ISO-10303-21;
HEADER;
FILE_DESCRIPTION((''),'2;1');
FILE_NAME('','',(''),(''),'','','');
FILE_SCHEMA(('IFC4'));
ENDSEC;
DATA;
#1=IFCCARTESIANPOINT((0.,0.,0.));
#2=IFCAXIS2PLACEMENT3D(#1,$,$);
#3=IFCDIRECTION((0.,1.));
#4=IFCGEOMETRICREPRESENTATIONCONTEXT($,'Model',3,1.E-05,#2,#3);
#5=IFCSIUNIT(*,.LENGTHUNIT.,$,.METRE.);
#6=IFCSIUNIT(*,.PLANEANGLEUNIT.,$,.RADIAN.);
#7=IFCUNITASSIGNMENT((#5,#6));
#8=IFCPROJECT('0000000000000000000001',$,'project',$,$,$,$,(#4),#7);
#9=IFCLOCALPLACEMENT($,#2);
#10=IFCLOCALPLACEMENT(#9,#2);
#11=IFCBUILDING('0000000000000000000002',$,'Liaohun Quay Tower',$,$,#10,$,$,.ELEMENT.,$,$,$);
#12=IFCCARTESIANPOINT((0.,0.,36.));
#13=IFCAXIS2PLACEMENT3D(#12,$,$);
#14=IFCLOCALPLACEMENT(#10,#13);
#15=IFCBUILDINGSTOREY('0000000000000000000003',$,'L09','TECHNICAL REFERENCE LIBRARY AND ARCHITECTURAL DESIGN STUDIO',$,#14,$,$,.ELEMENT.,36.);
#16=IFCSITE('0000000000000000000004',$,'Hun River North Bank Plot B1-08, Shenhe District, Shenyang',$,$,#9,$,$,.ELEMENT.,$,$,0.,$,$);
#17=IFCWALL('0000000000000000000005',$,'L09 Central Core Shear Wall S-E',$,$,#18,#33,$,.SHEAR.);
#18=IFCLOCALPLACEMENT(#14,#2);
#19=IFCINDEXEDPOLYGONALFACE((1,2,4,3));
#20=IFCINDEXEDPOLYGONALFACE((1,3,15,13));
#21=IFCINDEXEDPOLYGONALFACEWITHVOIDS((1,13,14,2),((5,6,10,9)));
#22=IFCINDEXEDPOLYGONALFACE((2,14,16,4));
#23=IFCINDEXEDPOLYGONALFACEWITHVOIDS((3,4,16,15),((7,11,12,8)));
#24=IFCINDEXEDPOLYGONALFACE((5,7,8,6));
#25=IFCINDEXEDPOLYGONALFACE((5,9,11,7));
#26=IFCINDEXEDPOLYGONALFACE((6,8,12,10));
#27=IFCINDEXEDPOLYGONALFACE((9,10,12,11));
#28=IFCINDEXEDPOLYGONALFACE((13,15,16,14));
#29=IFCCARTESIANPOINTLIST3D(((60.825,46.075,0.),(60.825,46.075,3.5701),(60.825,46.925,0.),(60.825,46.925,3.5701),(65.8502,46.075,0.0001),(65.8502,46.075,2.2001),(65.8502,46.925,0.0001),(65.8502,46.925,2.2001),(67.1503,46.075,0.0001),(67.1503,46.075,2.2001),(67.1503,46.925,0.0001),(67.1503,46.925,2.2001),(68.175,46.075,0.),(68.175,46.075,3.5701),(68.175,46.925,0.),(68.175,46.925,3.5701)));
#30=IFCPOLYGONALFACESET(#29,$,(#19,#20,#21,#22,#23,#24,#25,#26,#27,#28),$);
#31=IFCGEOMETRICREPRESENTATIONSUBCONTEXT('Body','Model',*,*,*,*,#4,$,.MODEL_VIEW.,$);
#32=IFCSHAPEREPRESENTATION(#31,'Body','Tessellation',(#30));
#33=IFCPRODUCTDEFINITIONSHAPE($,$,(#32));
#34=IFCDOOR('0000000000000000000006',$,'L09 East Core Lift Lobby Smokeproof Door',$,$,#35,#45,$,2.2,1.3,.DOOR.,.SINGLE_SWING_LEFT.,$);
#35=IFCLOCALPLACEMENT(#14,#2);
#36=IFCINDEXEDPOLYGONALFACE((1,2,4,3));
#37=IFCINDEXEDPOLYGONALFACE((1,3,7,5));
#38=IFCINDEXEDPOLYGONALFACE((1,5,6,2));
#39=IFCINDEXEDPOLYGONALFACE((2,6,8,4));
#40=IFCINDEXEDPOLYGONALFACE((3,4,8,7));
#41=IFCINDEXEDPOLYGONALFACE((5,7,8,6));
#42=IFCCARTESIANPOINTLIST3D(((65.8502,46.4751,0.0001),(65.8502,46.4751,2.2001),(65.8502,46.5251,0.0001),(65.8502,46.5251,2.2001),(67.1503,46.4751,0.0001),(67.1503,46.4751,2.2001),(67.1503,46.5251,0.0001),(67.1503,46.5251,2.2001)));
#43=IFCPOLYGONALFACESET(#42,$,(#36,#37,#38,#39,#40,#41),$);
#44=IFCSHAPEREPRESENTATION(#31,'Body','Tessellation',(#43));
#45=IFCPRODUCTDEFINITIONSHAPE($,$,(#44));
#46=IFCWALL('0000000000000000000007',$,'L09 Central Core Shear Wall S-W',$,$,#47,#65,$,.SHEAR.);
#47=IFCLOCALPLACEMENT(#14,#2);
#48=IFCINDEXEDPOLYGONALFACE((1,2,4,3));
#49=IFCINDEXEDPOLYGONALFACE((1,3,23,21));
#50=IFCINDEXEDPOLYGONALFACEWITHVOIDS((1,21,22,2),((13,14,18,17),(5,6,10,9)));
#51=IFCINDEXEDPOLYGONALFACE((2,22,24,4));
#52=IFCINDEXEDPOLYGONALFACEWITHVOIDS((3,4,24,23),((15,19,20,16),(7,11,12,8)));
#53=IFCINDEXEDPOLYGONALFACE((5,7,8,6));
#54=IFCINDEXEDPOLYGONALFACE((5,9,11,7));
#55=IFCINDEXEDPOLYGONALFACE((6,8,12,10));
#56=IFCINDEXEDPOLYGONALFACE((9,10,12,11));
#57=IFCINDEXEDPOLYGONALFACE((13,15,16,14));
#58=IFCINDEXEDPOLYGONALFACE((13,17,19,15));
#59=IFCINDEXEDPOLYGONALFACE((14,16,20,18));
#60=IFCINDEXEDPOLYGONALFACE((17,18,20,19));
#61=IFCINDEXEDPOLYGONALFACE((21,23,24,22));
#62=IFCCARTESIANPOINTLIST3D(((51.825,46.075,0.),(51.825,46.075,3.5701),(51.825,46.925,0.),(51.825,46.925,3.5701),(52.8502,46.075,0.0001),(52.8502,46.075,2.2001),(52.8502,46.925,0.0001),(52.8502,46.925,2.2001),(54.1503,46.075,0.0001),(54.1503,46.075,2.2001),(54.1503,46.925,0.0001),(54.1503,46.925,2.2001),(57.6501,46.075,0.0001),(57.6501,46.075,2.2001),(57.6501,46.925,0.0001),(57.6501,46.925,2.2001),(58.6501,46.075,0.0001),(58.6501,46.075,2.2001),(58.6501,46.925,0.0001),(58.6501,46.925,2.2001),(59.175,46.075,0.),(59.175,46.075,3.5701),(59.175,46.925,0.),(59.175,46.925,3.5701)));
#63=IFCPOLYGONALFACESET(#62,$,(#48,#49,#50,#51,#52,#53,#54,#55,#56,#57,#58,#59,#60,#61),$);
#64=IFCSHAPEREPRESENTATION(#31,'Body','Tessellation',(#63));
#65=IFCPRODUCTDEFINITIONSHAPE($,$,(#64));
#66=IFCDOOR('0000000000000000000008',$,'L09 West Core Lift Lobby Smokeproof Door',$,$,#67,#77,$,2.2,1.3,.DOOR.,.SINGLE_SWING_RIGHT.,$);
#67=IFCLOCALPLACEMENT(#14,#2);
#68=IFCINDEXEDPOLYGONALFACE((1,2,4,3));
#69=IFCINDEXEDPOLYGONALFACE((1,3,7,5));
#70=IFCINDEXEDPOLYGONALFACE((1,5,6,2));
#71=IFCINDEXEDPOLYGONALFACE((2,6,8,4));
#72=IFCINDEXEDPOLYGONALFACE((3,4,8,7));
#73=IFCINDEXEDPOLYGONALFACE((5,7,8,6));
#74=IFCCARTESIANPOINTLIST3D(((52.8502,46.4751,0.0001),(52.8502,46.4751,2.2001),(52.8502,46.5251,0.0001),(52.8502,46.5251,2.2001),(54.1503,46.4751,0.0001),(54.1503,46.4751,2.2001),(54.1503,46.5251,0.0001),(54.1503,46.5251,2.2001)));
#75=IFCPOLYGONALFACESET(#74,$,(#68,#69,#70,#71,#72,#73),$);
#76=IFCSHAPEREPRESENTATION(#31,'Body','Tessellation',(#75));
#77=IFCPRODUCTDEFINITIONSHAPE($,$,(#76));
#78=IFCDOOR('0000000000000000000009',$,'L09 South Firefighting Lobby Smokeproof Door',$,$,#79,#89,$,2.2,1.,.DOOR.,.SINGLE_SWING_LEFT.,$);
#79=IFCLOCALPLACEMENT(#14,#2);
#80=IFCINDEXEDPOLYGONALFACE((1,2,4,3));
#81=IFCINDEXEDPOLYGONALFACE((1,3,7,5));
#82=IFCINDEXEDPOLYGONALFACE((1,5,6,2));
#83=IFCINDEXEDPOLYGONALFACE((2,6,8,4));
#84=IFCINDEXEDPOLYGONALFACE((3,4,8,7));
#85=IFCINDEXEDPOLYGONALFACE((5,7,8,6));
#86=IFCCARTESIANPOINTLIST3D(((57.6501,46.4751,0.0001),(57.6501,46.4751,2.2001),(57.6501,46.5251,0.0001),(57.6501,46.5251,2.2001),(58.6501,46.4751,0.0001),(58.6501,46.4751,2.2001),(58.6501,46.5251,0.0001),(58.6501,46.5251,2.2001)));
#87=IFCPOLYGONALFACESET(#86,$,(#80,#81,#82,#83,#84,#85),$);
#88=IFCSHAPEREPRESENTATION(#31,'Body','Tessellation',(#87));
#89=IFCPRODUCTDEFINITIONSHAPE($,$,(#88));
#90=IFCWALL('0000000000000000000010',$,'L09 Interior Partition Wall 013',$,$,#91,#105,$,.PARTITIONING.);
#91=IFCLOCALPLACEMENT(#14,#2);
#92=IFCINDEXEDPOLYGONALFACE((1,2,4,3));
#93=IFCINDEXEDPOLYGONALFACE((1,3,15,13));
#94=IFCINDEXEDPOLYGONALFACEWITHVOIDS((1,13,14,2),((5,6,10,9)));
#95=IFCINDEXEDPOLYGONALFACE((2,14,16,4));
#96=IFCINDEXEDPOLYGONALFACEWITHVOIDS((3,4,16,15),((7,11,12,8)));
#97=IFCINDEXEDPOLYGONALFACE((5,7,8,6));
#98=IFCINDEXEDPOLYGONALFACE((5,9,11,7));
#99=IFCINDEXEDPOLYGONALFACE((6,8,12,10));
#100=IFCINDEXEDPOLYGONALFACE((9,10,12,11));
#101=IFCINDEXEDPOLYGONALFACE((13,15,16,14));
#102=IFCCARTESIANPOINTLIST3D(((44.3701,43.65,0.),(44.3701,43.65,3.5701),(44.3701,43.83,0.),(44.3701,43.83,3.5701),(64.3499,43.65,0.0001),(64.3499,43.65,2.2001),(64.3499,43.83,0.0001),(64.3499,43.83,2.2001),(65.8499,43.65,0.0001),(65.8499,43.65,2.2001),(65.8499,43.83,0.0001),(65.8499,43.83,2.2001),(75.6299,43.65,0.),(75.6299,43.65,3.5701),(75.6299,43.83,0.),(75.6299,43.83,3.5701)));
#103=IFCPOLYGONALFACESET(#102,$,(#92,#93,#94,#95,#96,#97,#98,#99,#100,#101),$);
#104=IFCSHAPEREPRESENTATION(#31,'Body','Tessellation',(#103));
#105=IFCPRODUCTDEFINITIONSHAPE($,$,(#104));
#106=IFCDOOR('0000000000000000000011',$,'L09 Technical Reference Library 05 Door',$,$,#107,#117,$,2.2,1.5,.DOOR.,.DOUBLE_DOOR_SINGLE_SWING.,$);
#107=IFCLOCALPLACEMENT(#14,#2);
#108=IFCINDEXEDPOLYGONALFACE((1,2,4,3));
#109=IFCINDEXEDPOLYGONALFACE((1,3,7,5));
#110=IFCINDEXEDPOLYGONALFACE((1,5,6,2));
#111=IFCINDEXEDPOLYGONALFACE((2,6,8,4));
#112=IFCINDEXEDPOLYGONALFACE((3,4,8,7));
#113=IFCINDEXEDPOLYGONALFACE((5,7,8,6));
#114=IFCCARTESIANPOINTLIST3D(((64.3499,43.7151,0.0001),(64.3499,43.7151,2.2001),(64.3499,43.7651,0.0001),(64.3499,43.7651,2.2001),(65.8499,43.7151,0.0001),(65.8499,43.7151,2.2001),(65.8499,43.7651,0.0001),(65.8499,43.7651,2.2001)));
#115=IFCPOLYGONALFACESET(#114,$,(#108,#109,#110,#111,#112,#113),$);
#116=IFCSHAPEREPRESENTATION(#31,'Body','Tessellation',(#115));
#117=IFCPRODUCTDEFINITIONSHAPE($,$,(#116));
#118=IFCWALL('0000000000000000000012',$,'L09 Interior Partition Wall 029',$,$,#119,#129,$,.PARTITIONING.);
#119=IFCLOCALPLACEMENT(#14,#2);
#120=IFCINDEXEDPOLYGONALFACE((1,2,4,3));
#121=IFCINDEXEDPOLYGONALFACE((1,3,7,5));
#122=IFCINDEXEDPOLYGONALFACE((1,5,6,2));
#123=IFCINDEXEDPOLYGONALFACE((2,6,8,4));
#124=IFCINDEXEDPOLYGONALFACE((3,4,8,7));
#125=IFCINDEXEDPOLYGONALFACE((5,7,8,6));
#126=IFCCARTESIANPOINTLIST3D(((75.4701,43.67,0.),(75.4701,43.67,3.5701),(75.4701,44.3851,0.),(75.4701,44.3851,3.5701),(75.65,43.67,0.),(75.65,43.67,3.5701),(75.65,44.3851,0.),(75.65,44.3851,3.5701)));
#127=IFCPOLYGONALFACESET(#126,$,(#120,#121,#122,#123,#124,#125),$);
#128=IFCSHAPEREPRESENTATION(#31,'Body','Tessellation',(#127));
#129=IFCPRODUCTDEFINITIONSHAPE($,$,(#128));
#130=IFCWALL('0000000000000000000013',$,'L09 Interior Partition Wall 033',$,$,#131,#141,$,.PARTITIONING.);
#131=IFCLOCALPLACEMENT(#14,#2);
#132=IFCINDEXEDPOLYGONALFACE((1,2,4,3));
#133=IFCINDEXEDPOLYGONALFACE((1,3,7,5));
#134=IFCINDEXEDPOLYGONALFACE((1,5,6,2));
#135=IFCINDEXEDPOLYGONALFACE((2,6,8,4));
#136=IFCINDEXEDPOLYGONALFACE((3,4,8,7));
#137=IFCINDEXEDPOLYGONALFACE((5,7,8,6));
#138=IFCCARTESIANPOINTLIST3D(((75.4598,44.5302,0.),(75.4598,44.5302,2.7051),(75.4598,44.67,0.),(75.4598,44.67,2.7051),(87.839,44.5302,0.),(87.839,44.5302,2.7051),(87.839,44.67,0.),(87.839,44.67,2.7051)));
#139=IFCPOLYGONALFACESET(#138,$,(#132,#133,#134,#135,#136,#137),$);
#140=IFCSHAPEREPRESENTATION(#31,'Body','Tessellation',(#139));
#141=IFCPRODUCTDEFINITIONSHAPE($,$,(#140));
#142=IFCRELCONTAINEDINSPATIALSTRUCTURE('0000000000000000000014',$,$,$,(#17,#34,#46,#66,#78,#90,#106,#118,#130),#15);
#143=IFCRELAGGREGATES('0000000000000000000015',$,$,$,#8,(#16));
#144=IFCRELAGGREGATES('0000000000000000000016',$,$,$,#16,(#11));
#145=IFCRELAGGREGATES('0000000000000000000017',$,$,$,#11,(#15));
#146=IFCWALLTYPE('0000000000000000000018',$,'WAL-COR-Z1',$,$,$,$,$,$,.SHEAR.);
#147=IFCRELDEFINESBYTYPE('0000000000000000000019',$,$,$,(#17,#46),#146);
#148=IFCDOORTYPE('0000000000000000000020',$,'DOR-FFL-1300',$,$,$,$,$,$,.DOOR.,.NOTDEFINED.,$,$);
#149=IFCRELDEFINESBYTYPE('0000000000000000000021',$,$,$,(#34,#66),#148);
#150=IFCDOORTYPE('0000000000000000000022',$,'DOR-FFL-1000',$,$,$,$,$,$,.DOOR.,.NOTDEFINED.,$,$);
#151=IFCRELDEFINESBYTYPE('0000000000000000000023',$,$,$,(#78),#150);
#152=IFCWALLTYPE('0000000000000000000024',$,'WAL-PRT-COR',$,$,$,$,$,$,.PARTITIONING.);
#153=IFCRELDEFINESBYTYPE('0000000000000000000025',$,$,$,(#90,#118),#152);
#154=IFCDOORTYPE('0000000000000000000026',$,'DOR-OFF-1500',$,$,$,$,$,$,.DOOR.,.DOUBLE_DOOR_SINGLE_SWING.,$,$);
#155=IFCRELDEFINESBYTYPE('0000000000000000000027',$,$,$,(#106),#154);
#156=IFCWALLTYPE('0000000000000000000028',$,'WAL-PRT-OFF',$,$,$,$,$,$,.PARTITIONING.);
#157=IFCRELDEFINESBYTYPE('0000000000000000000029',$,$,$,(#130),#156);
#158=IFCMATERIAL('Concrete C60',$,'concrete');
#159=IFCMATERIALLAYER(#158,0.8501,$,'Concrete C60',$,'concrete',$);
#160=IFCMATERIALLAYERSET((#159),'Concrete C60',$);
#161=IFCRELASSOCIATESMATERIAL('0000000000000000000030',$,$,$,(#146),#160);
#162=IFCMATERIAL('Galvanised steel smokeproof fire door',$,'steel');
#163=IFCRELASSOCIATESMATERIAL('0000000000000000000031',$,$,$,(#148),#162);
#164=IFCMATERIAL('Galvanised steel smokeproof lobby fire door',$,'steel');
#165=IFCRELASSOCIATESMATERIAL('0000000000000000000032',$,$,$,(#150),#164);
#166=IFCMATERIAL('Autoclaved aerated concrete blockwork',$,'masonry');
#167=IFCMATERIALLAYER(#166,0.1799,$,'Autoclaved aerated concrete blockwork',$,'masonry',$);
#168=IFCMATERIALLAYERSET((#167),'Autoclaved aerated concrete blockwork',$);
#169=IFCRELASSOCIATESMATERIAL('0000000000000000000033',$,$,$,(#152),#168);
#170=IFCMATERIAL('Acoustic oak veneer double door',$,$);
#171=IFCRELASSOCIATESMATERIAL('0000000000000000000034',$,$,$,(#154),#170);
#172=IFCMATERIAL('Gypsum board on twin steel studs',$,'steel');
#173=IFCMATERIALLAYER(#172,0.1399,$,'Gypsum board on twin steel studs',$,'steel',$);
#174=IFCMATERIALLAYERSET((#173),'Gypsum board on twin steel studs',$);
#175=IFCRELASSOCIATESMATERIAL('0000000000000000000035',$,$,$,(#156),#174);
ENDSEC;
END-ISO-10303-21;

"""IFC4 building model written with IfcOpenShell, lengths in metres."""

from ifc_helpers import new_model, si_unit, direction, frame, frame_2d, origin, place, context, subcontext, project, spatial, rectangle, extrude, source, transform, mapped, material, layer, layer_set, type_object, element, fill, save


model = new_model("IFC4")

# Units and contexts
model_context = context("Model", 3, precision=1e-05, world=origin(), true_north=direction((0.0, 1.0)))
body_context = subcontext(model_context, "Body", "Model", "MODEL_VIEW")
ifc_project = project(units=[si_unit("LENGTHUNIT", "METRE"), si_unit("PLANEANGLEUNIT", "RADIAN")], contexts=[model_context])

# Site, building, storey
site_placement = place(None, origin())
site = spatial("IfcSite", under=ifc_project, at=site_placement, Name="Hun River North Bank Plot B1-08, Shenhe District, Shenyang", CompositionType="ELEMENT", RefElevation=0.0)
building_placement = place(site_placement, origin())
building = spatial("IfcBuilding", under=site, at=building_placement, Name="Liaohun Quay Tower", CompositionType="ELEMENT")
storey_placement = place(building_placement, frame((0.0, 0.0, 36.0)))
storey = spatial("IfcBuildingStorey", under=building, at=storey_placement, Name="L09", Description="TECHNICAL REFERENCE LIBRARY AND ARCHITECTURAL DESIGN STUDIO", CompositionType="ELEMENT", Elevation=36.0)

# Shared definitions
ifc_material_1 = material(Name="Concrete C60", Category="concrete")

# Wall, opening, door
ifc_layer_1 = layer(ifc_material_1, 0.8501, Name="Concrete C60", Category="concrete")
ifc_layer_set_1 = layer_set([ifc_layer_1], Name="Concrete C60")
wall_type_1 = type_object("IfcWallType", Name="WAL-COR-Z1", PredefinedType="SHEAR", material=ifc_layer_set_1)
wall_1_placement = place(storey_placement, frame((68.175, 46.5, 0.0), z_axis=(0.0, 0.0, 1.0), x_axis=(-1.0, 0.0, 0.0)))
wall_1 = element("IfcWall", 1, at=wall_1_placement, inside=storey, type_object=wall_type_1, Name="L09 Central Core Shear Wall S-E", PredefinedType="SHEAR", context=body_context, shape_type="SweptSolid", body=[
    extrude(rectangle(XDim=7.3501, YDim=0.8501, at=frame_2d((3.675, 0.0))), origin(), (0.0, 0.0, 1.0), 3.5701),
])
shared_shape_1 = source(origin(), body_context, "Body", "SweptSolid", [
    extrude(rectangle(XDim=1.3, YDim=2.2, at=frame_2d((0.6499, 1.1001))), frame((0.0, 0.4351, 0.0), z_axis=(0.0, -1.0, 0.0), x_axis=(1.0, 0.0, 0.0)), (0.0, 0.0, 1.0), 0.8701),
])
opening_1_placement = place(wall_1_placement, frame((1.0249, 0.0, 0.0)))
opening_1 = element("IfcOpeningElement", 2, at=opening_1_placement, cuts=wall_1, PredefinedType="OPENING", context=body_context, shape_type="MappedRepresentation", body=[
    mapped(shared_shape_1, transform((0.0, 0.0, 0.0), x_axis=(1.0, 0.0, 0.0), y_axis=(0.0, 1.0, 0.0), z_axis=(0.0, 0.0, 1.0), scale=1.0)),
])
ifc_material_2 = material(Name="Galvanised steel smokeproof fire door", Category="steel")
door_type_1 = type_object("IfcDoorType", Name="DOR-FFL-1300", OperationType="NOTDEFINED", PredefinedType="DOOR", material=ifc_material_2)
shared_shape_2 = source(origin(), body_context, "Body", "SweptSolid", [
    extrude(rectangle(XDim=1.3, YDim=2.2, at=frame_2d((0.6499, 1.1001))), frame((0.0, 0.0249, 0.0), z_axis=(0.0, -1.0, 0.0), x_axis=(1.0, 0.0, 0.0)), (0.0, 0.0, 1.0), 0.05),
])
door_1_placement = place(opening_1_placement, origin())
door_1 = element("IfcDoor", 3, at=door_1_placement, inside=storey, type_object=door_type_1, Name="L09 East Core Lift Lobby Smokeproof Door", OperationType="SINGLE_SWING_LEFT", OverallHeight=2.2, OverallWidth=1.3, PredefinedType="DOOR", context=body_context, shape_type="MappedRepresentation", body=[
    mapped(shared_shape_2, transform((0.0, 0.0, 0.0), x_axis=(1.0, 0.0, 0.0), y_axis=(0.0, 1.0, 0.0), z_axis=(0.0, 0.0, 1.0), scale=1.0)),
])
fill(opening_1, door_1)

# Wall, openings, doors
wall_2_placement = place(storey_placement, frame((59.175, 46.5, 0.0), z_axis=(0.0, 0.0, 1.0), x_axis=(-1.0, 0.0, 0.0)))
wall_2 = element("IfcWall", 4, at=wall_2_placement, inside=storey, type_object=wall_type_1, Name="L09 Central Core Shear Wall S-W", PredefinedType="SHEAR", context=body_context, shape_type="SweptSolid", body=[
    extrude(rectangle(XDim=7.3501, YDim=0.8501, at=frame_2d((3.675, 0.0))), origin(), (0.0, 0.0, 1.0), 3.5701),
])
opening_2_placement = place(wall_2_placement, frame((5.0249, 0.0, 0.0)))
opening_2 = element("IfcOpeningElement", 5, at=opening_2_placement, cuts=wall_2, PredefinedType="OPENING", context=body_context, shape_type="MappedRepresentation", body=[
    mapped(shared_shape_1, transform((0.0, 0.0, 0.0), x_axis=(1.0, 0.0, 0.0), y_axis=(0.0, 1.0, 0.0), z_axis=(0.0, 0.0, 1.0), scale=1.0)),
])
shared_shape_3 = source(origin(), body_context, "Body", "SweptSolid", [
    extrude(rectangle(XDim=1.0, YDim=2.2, at=frame_2d((0.5, 1.1001))), frame((0.0, 0.4351, 0.0), z_axis=(0.0, -1.0, 0.0), x_axis=(1.0, 0.0, 0.0)), (0.0, 0.0, 1.0), 0.8701),
])
opening_3_placement = place(wall_2_placement, frame((0.5249, 0.0, 0.0)))
opening_3 = element("IfcOpeningElement", 6, at=opening_3_placement, cuts=wall_2, PredefinedType="OPENING", context=body_context, shape_type="MappedRepresentation", body=[
    mapped(shared_shape_3, transform((0.0, 0.0, 0.0), x_axis=(1.0, 0.0, 0.0), y_axis=(0.0, 1.0, 0.0), z_axis=(0.0, 0.0, 1.0), scale=1.0)),
])
door_2_placement = place(opening_2_placement, origin())
door_2 = element("IfcDoor", 7, at=door_2_placement, inside=storey, type_object=door_type_1, Name="L09 West Core Lift Lobby Smokeproof Door", OperationType="SINGLE_SWING_RIGHT", OverallHeight=2.2, OverallWidth=1.3, PredefinedType="DOOR", context=body_context, shape_type="MappedRepresentation", body=[
    mapped(shared_shape_2, transform((0.0, 0.0, 0.0), x_axis=(1.0, 0.0, 0.0), y_axis=(0.0, 1.0, 0.0), z_axis=(0.0, 0.0, 1.0), scale=1.0)),
])
fill(opening_2, door_2)
ifc_material_3 = material(Name="Galvanised steel smokeproof lobby fire door", Category="steel")
door_type_2 = type_object("IfcDoorType", Name="DOR-FFL-1000", OperationType="NOTDEFINED", PredefinedType="DOOR", material=ifc_material_3)
shared_shape_4 = source(origin(), body_context, "Body", "SweptSolid", [
    extrude(rectangle(XDim=1.0, YDim=2.2, at=frame_2d((0.5, 1.1001))), frame((0.0, 0.0249, 0.0), z_axis=(0.0, -1.0, 0.0), x_axis=(1.0, 0.0, 0.0)), (0.0, 0.0, 1.0), 0.05),
])
door_3_placement = place(opening_3_placement, origin())
door_3 = element("IfcDoor", 8, at=door_3_placement, inside=storey, type_object=door_type_2, Name="L09 South Firefighting Lobby Smokeproof Door", OperationType="SINGLE_SWING_LEFT", OverallHeight=2.2, OverallWidth=1.0, PredefinedType="DOOR", context=body_context, shape_type="MappedRepresentation", body=[
    mapped(shared_shape_4, transform((0.0, 0.0, 0.0), x_axis=(1.0, 0.0, 0.0), y_axis=(0.0, 1.0, 0.0), z_axis=(0.0, 0.0, 1.0), scale=1.0)),
])
fill(opening_3, door_3)

# Wall, opening, door
ifc_material_4 = material(Name="Autoclaved aerated concrete blockwork", Category="masonry")
ifc_layer_2 = layer(ifc_material_4, 0.1799, Name="Autoclaved aerated concrete blockwork", Category="masonry")
ifc_layer_set_2 = layer_set([ifc_layer_2], Name="Autoclaved aerated concrete blockwork")
wall_type_2 = type_object("IfcWallType", Name="WAL-PRT-COR", PredefinedType="PARTITIONING", material=ifc_layer_set_2)
wall_3_placement = place(storey_placement, frame((75.6299, 43.74, 0.0), z_axis=(0.0, 0.0, 1.0), x_axis=(-1.0, 0.0, 0.0)))
wall_3 = element("IfcWall", 9, at=wall_3_placement, inside=storey, type_object=wall_type_2, Name="L09 Interior Partition Wall 013", PredefinedType="PARTITIONING", context=body_context, shape_type="SweptSolid", body=[
    extrude(rectangle(XDim=31.2598, YDim=0.1799, at=frame_2d((15.6299, 0.0))), origin(), (0.0, 0.0, 1.0), 3.5701),
])
shared_shape_5 = source(origin(), body_context, "Body", "SweptSolid", [
    extrude(rectangle(XDim=1.5, YDim=2.2, at=frame_2d((0.75, 1.1001))), frame((0.0, 0.0999, 0.0), z_axis=(0.0, -1.0, 0.0), x_axis=(1.0, 0.0, 0.0)), (0.0, 0.0, 1.0), 0.2),
])
opening_4_placement = place(wall_3_placement, frame((9.78, 0.0, 0.0)))
opening_4 = element("IfcOpeningElement", 10, at=opening_4_placement, cuts=wall_3, PredefinedType="OPENING", context=body_context, shape_type="MappedRepresentation", body=[
    mapped(shared_shape_5, transform((0.0, 0.0, 0.0), x_axis=(1.0, 0.0, 0.0), y_axis=(0.0, 1.0, 0.0), z_axis=(0.0, 0.0, 1.0), scale=1.0)),
])
ifc_material_5 = material(Name="Acoustic oak veneer double door")
door_type_3 = type_object("IfcDoorType", Name="DOR-OFF-1500", OperationType="DOUBLE_DOOR_SINGLE_SWING", PredefinedType="DOOR", material=ifc_material_5)
shared_shape_6 = source(origin(), body_context, "Body", "SweptSolid", [
    extrude(rectangle(XDim=1.5, YDim=2.2, at=frame_2d((0.75, 1.1001))), frame((0.0, 0.0249, 0.0), z_axis=(0.0, -1.0, 0.0), x_axis=(1.0, 0.0, 0.0)), (0.0, 0.0, 1.0), 0.05),
])
door_4_placement = place(opening_4_placement, origin())
door_4 = element("IfcDoor", 11, at=door_4_placement, inside=storey, type_object=door_type_3, Name="L09 Technical Reference Library 05 Door", OperationType="DOUBLE_DOOR_SINGLE_SWING", OverallHeight=2.2, OverallWidth=1.5, PredefinedType="DOOR", context=body_context, shape_type="MappedRepresentation", body=[
    mapped(shared_shape_6, transform((0.0, 0.0, 0.0), x_axis=(1.0, 0.0, 0.0), y_axis=(0.0, 1.0, 0.0), z_axis=(0.0, 0.0, 1.0), scale=1.0)),
])
fill(opening_4, door_4)

# Walls
wall_4_placement = place(storey_placement, frame((75.5601, 44.385, 0.0), z_axis=(0.0, 0.0, 1.0), x_axis=(0.0, -1.0, 0.0)))
element("IfcWall", 12, at=wall_4_placement, inside=storey, type_object=wall_type_2, Name="L09 Interior Partition Wall 029", PredefinedType="PARTITIONING", context=body_context, shape_type="SweptSolid", body=[
    extrude(rectangle(XDim=0.7151, YDim=0.1799, at=frame_2d((0.3574, 0.0))), origin(), (0.0, 0.0, 1.0), 3.5701),
])
ifc_material_6 = material(Name="Gypsum board on twin steel studs", Category="steel")
ifc_layer_3 = layer(ifc_material_6, 0.1399, Name="Gypsum board on twin steel studs", Category="steel")
ifc_layer_set_3 = layer_set([ifc_layer_3], Name="Gypsum board on twin steel studs")
wall_type_3 = type_object("IfcWallType", Name="WAL-PRT-OFF", PredefinedType="PARTITIONING", material=ifc_layer_set_3)
wall_5_placement = place(storey_placement, frame((75.46, 44.6001, 0.0), z_axis=(0.0, 0.0, 1.0), x_axis=(1.0, 0.0, 0.0)))
element("IfcWall", 13, at=wall_5_placement, inside=storey, type_object=wall_type_3, Name="L09 Interior Partition Wall 033", PredefinedType="PARTITIONING", context=body_context, shape_type="SweptSolid", body=[
    extrude(rectangle(XDim=12.3792, YDim=0.1399, at=frame_2d((6.1895, 0.0))), origin(), (0.0, 0.0, 1.0), 2.7051),
])

save(model, "model.ifc")
